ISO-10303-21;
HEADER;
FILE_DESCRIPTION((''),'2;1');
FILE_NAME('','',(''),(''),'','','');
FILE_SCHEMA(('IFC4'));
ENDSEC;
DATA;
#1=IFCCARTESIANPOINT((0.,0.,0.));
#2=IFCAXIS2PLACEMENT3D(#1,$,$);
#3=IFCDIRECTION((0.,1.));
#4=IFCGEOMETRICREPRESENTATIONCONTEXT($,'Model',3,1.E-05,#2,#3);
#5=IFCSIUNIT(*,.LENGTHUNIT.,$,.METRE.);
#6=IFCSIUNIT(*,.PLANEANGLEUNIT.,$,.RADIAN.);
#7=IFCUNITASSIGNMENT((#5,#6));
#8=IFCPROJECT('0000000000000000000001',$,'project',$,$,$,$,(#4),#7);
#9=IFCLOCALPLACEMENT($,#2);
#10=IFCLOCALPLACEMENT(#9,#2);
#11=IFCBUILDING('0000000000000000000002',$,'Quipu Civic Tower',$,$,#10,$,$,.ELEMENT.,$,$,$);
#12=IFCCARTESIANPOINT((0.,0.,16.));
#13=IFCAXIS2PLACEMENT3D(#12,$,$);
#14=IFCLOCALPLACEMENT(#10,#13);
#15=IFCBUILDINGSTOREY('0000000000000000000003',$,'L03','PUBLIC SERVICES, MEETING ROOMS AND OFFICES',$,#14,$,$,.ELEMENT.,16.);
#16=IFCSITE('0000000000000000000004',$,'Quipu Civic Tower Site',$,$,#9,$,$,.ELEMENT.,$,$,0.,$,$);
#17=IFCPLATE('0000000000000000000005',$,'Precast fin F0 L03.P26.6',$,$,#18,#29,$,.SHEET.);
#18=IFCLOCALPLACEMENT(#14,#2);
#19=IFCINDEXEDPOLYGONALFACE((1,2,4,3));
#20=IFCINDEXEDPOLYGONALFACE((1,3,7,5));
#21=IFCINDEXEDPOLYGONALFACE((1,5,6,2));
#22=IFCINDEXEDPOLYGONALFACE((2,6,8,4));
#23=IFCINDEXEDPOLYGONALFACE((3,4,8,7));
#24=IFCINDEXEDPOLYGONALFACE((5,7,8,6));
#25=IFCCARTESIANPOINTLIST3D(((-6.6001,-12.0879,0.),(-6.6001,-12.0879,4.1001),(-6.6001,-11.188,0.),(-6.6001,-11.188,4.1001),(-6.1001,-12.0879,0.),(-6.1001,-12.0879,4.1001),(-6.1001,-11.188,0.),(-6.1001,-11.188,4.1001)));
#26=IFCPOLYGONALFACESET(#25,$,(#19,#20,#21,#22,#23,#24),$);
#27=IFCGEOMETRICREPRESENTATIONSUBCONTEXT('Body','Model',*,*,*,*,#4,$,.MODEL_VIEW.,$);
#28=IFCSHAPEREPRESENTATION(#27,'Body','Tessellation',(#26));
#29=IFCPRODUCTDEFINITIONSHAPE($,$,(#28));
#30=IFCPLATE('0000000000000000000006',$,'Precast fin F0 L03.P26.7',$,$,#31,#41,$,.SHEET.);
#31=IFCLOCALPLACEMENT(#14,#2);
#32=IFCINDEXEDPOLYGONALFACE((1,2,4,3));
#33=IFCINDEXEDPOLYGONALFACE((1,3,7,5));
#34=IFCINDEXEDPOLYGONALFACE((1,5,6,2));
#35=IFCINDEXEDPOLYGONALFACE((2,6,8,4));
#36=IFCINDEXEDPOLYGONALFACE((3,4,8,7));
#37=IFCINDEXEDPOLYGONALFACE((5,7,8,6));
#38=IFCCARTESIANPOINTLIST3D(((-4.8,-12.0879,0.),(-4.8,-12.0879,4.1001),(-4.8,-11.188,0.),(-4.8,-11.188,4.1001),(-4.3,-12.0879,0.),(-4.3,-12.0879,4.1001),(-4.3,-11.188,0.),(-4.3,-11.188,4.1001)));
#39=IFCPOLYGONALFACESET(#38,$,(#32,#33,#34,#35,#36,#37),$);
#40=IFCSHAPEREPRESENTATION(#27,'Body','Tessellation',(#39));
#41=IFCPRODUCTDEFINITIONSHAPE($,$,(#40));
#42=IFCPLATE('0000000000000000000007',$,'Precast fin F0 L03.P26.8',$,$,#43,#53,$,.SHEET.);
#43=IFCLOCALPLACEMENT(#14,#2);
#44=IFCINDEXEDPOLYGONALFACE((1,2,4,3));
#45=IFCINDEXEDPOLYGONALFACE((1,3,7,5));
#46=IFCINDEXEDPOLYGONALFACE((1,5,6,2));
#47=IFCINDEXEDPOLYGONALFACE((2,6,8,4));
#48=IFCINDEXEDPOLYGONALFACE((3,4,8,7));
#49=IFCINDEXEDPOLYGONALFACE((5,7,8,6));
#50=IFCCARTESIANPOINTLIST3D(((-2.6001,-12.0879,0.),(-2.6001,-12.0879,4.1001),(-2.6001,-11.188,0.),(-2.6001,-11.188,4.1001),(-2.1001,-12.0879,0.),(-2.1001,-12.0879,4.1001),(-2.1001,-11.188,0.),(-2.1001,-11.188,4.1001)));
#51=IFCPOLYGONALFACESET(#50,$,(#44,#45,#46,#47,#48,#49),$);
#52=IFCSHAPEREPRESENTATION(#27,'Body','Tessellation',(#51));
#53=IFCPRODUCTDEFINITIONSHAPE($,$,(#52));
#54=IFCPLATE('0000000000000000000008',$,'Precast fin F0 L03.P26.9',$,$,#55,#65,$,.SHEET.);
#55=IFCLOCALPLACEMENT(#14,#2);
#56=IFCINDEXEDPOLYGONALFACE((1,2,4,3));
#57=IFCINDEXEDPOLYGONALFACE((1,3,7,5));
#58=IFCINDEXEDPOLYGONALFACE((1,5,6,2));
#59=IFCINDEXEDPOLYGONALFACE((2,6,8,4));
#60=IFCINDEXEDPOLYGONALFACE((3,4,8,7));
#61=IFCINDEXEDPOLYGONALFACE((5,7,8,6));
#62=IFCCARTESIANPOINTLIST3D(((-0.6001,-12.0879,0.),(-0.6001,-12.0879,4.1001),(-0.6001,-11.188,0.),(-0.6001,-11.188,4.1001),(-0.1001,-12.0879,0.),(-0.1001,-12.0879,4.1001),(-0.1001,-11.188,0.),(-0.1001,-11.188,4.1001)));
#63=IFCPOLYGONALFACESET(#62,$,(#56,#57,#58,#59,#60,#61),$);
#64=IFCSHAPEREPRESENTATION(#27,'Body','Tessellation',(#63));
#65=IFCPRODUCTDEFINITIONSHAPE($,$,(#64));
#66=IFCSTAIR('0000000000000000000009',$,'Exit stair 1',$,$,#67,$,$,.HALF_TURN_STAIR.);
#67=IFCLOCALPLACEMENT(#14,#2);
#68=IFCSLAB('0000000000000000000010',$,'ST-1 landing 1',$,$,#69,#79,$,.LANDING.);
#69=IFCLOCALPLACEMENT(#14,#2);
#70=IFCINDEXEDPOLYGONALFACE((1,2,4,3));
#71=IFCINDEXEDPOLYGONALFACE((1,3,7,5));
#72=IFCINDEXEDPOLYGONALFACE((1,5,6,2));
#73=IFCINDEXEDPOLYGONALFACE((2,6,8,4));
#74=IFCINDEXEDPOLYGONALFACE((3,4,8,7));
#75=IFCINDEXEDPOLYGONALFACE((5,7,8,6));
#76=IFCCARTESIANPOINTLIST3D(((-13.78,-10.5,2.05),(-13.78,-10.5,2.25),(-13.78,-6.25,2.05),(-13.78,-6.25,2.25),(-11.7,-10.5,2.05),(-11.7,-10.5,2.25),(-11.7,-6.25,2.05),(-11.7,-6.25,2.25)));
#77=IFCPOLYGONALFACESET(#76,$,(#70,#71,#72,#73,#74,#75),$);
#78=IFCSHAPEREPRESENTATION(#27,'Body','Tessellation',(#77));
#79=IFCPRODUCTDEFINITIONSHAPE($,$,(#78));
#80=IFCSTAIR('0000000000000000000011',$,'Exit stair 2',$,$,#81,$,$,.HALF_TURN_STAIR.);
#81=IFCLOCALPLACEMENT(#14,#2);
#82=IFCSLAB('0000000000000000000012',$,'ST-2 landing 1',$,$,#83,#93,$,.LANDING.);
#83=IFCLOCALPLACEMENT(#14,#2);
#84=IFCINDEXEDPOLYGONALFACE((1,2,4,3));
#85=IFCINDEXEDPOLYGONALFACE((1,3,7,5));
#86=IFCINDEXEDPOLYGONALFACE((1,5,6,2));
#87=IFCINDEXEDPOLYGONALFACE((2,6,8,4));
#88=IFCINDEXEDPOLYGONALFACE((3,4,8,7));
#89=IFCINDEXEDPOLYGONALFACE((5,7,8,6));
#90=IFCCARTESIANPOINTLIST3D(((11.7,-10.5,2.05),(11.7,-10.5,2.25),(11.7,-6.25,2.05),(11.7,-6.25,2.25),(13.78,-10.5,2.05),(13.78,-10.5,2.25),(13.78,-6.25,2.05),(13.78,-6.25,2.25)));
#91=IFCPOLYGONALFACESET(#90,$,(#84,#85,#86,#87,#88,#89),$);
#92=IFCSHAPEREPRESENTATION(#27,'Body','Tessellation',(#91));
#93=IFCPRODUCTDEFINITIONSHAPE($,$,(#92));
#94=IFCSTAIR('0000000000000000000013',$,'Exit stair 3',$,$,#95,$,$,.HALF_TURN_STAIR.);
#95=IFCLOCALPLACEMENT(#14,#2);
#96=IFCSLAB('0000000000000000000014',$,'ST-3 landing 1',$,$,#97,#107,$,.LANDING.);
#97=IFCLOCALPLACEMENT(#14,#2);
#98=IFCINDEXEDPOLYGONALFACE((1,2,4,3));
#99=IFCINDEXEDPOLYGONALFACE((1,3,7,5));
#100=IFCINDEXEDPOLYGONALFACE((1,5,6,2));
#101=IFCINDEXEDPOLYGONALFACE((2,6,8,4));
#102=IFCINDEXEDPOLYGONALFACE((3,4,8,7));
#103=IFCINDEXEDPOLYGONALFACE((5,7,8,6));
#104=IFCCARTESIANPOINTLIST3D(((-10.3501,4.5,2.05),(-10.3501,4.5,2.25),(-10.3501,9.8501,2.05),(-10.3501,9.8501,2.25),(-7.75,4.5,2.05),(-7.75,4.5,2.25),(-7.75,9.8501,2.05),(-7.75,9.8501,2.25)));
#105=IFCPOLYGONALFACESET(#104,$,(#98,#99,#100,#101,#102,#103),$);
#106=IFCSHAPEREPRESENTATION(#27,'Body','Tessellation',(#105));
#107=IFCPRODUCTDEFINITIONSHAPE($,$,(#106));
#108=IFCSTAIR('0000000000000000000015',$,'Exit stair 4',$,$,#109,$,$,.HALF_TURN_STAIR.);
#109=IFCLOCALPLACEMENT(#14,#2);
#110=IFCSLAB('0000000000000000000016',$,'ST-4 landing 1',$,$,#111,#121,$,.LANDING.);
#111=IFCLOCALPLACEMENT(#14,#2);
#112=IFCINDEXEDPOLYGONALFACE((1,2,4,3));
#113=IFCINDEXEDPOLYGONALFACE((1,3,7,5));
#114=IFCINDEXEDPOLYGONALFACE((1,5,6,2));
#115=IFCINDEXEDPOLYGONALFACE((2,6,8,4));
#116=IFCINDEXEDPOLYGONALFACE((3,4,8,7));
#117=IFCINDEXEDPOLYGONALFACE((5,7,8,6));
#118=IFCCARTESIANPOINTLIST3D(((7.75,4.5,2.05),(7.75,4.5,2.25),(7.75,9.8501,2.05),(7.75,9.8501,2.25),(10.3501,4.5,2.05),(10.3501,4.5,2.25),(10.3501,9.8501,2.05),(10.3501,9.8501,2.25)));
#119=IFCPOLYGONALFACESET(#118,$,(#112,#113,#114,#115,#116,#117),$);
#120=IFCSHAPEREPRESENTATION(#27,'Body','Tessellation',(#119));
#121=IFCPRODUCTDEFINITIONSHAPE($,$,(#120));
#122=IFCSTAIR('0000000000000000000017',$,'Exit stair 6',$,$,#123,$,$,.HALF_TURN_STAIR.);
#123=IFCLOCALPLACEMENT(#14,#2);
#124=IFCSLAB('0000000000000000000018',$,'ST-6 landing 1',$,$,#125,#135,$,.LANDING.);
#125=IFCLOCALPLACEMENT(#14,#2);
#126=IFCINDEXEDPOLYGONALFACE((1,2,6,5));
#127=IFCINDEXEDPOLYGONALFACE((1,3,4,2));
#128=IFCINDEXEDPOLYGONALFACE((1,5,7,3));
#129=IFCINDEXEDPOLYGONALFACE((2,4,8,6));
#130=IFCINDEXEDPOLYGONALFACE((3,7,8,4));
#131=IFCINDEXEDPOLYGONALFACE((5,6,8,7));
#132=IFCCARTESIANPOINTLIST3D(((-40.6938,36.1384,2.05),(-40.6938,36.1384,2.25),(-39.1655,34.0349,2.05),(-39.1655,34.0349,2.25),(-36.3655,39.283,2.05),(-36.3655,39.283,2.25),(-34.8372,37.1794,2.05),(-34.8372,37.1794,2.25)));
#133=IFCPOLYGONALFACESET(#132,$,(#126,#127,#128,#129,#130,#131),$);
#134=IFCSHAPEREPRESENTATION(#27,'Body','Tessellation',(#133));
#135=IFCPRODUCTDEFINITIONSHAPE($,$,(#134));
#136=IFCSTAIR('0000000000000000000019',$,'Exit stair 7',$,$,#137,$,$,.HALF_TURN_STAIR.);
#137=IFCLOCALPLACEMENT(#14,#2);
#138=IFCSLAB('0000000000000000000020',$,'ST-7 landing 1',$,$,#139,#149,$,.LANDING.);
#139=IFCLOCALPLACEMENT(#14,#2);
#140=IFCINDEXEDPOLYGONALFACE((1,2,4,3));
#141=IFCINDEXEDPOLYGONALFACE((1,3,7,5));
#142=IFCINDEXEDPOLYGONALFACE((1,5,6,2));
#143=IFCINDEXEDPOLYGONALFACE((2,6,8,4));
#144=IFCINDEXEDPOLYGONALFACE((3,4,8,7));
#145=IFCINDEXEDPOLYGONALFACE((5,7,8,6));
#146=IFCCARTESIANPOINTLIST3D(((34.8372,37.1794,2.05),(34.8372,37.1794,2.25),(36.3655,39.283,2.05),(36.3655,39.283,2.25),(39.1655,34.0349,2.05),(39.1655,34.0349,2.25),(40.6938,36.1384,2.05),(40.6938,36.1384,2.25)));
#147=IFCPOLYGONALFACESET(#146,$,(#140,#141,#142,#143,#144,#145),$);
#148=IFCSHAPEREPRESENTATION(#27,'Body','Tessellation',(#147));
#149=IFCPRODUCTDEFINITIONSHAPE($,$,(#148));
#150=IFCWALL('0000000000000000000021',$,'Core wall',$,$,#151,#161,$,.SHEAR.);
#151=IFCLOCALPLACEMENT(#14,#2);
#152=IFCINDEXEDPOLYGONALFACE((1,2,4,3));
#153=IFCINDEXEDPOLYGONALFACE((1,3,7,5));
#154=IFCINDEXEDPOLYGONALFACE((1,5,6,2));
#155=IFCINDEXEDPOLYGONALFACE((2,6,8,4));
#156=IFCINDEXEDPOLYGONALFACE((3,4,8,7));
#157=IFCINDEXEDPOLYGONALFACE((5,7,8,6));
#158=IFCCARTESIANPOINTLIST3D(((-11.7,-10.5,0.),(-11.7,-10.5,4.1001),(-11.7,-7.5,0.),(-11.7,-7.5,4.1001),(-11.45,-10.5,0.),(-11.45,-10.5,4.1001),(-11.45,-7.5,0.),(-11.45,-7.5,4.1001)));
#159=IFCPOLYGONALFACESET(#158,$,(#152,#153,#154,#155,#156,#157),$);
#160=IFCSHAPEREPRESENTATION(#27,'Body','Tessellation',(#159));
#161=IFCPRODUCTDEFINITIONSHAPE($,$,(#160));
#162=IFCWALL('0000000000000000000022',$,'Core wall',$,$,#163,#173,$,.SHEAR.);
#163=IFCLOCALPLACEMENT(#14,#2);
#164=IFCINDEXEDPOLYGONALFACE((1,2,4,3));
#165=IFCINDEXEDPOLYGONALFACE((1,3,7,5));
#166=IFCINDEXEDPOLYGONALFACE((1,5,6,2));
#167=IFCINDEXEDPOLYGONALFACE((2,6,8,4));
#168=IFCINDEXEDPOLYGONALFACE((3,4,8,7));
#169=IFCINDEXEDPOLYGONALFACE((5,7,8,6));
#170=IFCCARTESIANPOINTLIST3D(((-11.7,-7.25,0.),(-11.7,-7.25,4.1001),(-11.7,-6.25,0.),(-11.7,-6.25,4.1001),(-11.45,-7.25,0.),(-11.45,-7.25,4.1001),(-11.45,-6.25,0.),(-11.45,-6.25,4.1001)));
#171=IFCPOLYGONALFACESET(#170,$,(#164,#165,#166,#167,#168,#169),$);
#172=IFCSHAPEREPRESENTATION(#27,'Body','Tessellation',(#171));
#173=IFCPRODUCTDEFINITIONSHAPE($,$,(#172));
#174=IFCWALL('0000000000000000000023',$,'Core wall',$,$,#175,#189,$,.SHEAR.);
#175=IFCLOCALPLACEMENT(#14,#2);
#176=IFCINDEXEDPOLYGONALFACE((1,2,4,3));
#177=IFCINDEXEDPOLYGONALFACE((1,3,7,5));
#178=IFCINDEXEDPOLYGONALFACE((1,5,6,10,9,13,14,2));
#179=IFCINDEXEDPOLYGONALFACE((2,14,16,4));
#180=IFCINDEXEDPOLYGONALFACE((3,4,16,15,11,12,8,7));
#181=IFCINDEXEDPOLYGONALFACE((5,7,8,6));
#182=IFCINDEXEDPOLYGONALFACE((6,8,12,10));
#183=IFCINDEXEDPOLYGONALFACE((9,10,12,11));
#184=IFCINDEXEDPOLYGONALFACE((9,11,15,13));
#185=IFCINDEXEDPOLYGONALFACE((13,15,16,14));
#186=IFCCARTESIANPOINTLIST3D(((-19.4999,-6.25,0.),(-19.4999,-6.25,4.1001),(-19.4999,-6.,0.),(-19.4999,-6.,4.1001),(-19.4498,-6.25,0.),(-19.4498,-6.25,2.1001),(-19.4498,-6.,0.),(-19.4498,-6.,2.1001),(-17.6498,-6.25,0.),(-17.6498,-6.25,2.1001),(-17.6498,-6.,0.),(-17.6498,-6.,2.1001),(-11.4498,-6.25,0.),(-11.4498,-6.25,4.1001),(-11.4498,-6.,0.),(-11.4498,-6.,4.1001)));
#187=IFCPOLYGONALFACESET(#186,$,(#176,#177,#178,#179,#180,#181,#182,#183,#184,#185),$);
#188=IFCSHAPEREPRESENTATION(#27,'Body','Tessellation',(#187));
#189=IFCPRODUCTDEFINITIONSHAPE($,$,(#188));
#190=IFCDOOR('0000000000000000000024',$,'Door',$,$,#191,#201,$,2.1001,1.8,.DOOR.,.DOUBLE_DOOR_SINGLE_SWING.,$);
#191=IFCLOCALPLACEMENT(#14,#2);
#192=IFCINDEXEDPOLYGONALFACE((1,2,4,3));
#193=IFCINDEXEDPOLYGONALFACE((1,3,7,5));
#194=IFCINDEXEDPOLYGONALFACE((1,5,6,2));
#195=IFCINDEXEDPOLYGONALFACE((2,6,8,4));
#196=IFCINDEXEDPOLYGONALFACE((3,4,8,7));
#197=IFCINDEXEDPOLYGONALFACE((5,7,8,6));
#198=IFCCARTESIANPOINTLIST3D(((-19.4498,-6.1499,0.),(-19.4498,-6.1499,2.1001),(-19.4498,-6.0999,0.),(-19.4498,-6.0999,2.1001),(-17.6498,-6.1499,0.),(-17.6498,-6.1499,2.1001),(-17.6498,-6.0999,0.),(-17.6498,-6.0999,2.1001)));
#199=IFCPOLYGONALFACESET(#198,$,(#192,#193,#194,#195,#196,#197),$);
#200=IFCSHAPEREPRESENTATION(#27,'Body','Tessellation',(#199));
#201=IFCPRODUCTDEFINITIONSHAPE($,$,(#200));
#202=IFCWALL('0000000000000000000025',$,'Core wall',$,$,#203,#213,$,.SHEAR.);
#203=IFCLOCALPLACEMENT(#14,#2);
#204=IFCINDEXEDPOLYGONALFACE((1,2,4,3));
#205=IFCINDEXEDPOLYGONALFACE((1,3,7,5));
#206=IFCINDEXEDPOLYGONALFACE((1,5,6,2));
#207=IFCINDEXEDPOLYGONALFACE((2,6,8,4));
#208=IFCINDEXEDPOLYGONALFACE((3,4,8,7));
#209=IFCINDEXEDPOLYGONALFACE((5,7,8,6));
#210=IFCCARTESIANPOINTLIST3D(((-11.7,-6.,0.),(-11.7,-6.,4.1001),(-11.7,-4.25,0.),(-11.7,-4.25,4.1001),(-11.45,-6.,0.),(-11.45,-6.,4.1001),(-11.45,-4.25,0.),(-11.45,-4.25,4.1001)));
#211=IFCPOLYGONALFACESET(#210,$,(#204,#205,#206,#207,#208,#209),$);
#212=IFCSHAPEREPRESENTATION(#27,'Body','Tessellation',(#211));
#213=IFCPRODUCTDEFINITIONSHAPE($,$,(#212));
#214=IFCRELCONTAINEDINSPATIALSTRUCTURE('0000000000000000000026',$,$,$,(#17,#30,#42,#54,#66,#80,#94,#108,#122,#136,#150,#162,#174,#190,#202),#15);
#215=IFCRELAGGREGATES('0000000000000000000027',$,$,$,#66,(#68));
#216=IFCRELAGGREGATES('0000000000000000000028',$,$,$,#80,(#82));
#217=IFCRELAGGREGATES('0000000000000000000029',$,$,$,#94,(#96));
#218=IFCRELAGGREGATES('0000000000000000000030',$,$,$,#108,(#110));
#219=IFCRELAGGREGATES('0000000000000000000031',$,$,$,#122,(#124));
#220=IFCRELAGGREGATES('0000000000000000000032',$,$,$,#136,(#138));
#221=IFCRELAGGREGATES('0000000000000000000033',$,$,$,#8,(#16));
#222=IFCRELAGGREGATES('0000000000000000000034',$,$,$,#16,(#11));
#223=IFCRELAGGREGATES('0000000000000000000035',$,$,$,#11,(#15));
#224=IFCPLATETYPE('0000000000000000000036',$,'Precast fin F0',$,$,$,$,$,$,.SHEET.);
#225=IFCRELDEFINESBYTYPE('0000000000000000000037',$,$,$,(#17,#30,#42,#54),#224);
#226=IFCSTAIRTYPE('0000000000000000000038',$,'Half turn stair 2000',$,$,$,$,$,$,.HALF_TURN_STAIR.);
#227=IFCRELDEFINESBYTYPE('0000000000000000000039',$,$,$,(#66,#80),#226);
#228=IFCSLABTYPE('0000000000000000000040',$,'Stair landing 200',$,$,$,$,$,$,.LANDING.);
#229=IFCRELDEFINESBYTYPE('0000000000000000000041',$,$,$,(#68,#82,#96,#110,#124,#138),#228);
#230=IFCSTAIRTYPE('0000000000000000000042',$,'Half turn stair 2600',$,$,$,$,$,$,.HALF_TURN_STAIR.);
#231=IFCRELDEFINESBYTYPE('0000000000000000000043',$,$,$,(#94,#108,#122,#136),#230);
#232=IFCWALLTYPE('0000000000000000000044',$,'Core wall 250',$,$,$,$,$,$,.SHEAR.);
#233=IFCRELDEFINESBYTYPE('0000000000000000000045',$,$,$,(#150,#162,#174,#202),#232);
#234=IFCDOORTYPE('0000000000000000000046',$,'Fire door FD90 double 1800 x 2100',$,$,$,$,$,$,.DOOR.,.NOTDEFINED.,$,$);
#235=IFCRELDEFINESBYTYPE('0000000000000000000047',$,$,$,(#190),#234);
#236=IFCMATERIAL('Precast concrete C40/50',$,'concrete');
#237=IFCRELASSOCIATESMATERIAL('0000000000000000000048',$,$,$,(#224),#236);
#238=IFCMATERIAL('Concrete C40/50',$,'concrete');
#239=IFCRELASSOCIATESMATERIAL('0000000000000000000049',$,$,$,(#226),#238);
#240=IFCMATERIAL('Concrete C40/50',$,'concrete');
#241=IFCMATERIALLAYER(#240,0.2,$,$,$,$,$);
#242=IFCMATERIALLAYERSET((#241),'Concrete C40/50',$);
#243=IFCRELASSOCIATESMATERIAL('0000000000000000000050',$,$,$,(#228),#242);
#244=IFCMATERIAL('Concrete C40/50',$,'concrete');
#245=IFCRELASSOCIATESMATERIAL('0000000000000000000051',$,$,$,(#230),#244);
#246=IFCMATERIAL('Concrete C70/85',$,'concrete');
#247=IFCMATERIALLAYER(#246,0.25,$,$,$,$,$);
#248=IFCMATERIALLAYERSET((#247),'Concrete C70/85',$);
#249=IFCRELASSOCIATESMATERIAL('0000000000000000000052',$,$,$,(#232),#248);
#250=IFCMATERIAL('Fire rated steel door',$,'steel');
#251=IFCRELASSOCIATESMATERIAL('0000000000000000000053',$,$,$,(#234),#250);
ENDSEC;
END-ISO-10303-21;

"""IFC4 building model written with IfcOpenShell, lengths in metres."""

from ifc_helpers import new_model, si_unit, direction, frame, frame_2d, origin, origin_2d, place, context, subcontext, project, spatial, polyline, rectangle, outline, extrude, material, layer, layer_set, type_object, element, fill, aggregate, save


model = new_model("IFC4")

# Units and contexts
model_context = context("Model", 3, precision=1e-05, world=origin(), true_north=direction((0.0, 1.0)))
body_context = subcontext(model_context, "Body", "Model", "MODEL_VIEW")
ifc_project = project(units=[si_unit("LENGTHUNIT", "METRE"), si_unit("PLANEANGLEUNIT", "RADIAN")], contexts=[model_context])

# Site, building, storey
site_placement = place(None, origin())
site = spatial("IfcSite", under=ifc_project, at=site_placement, Name="Quipu Civic Tower Site", CompositionType="ELEMENT", RefElevation=0.0)
building_placement = place(site_placement, origin())
building = spatial("IfcBuilding", under=site, at=building_placement, Name="Quipu Civic Tower", CompositionType="ELEMENT")
storey_placement = place(building_placement, frame((0.0, 0.0, 16.0)))
storey = spatial("IfcBuildingStorey", under=building, at=storey_placement, Name="L03", Description="PUBLIC SERVICES, MEETING ROOMS AND OFFICES", CompositionType="ELEMENT", Elevation=16.0)

# Plates
ifc_material_1 = material(Name="Precast concrete C40/50", Category="concrete")
plate_type = type_object("IfcPlateType", Name="Precast fin F0", PredefinedType="SHEET", material=ifc_material_1)
for number, where, z_axis, x_axis, name in (
    (1, (-6.3501, -11.6379, 0.0), (0.0, 0.0, 1.0), (1.0, 0.0, 0.0), "Precast fin F0 L03.P26.6"),
    (2, (-4.55, -11.6379, 0.0), (0.0, 0.0, 1.0), (1.0, 0.0, 0.0), "Precast fin F0 L03.P26.7"),
    (3, (-2.3501, -11.6379, 0.0), (0.0, 0.0, 1.0), (1.0, 0.0, 0.0), "Precast fin F0 L03.P26.8"),
    (4, (-0.3501, -11.6379, 0.0), (0.0, 0.0, 1.0), (1.0, 0.0, 0.0), "Precast fin F0 L03.P26.9"),
):
    element("IfcPlate", number, at=place(storey_placement, frame(where, z_axis=z_axis, x_axis=x_axis)), inside=storey, type_object=plate_type, Name=name, PredefinedType="SHEET", context=body_context, shape_type="SweptSolid", body=[
        extrude(rectangle(XDim=0.5, YDim=0.8999, at=origin_2d()), origin(), (0.0, 0.0, 1.0), 4.1001),
    ])

# Stairs, slabs
ifc_material_2 = material(Name="Concrete C40/50", Category="concrete")
stair_type_1 = type_object("IfcStairType", Name="Half turn stair 2000", PredefinedType="HALF_TURN_STAIR", material=ifc_material_2)
stair_1_placement = place(storey_placement, origin())
stair_1 = element("IfcStair", 5, at=stair_1_placement, inside=storey, type_object=stair_type_1, Name="Exit stair 1", PredefinedType="HALF_TURN_STAIR")
ifc_material_3 = material(Name="Concrete C40/50", Category="concrete")
ifc_layer_1 = layer(ifc_material_3, 0.2)
ifc_layer_set_1 = layer_set([ifc_layer_1], Name="Concrete C40/50")
slab_type_1 = type_object("IfcSlabType", Name="Stair landing 200", PredefinedType="LANDING", material=ifc_layer_set_1)
slab_1_placement = place(storey_placement, frame((0.0, 0.0, 2.05)))
slab_1 = element("IfcSlab", 6, at=slab_1_placement, type_object=slab_type_1, Name="ST-1 landing 1", PredefinedType="LANDING", context=body_context, shape_type="SweptSolid", body=[
    extrude(outline(polyline([(-13.78, -10.5), (-11.7, -10.5), (-11.7, -6.25), (-13.78, -6.25), (-13.78, -10.5)])), origin(), (0.0, 0.0, 1.0), 0.2),
])
aggregate(stair_1, [slab_1])
stair_2_placement = place(storey_placement, origin())
stair_2 = element("IfcStair", 7, at=stair_2_placement, inside=storey, type_object=stair_type_1, Name="Exit stair 2", PredefinedType="HALF_TURN_STAIR")
slab_2_placement = place(storey_placement, frame((0.0, 0.0, 2.05)))
slab_2 = element("IfcSlab", 8, at=slab_2_placement, type_object=slab_type_1, Name="ST-2 landing 1", PredefinedType="LANDING", context=body_context, shape_type="SweptSolid", body=[
    extrude(outline(polyline([(13.78, -6.25), (11.7, -6.25), (11.7, -10.5), (13.78, -10.5), (13.78, -6.25)])), origin(), (0.0, 0.0, 1.0), 0.2),
])
aggregate(stair_2, [slab_2])
ifc_material_4 = material(Name="Concrete C40/50", Category="concrete")
stair_type_2 = type_object("IfcStairType", Name="Half turn stair 2600", PredefinedType="HALF_TURN_STAIR", material=ifc_material_4)
stair_3_placement = place(storey_placement, origin())
stair_3 = element("IfcStair", 9, at=stair_3_placement, inside=storey, type_object=stair_type_2, Name="Exit stair 3", PredefinedType="HALF_TURN_STAIR")
slab_3_placement = place(storey_placement, frame((0.0, 0.0, 2.05)))
slab_3 = element("IfcSlab", 10, at=slab_3_placement, type_object=slab_type_1, Name="ST-3 landing 1", PredefinedType="LANDING", context=body_context, shape_type="SweptSolid", body=[
    extrude(outline(polyline([(-10.3501, 4.5), (-7.75, 4.5), (-7.75, 9.8501), (-10.3501, 9.8501), (-10.3501, 4.5)])), origin(), (0.0, 0.0, 1.0), 0.2),
])
aggregate(stair_3, [slab_3])
stair_4_placement = place(storey_placement, origin())
stair_4 = element("IfcStair", 11, at=stair_4_placement, inside=storey, type_object=stair_type_2, Name="Exit stair 4", PredefinedType="HALF_TURN_STAIR")
slab_4_placement = place(storey_placement, frame((0.0, 0.0, 2.05)))
slab_4 = element("IfcSlab", 12, at=slab_4_placement, type_object=slab_type_1, Name="ST-4 landing 1", PredefinedType="LANDING", context=body_context, shape_type="SweptSolid", body=[
    extrude(outline(polyline([(10.3501, 9.8501), (7.75, 9.8501), (7.75, 4.5), (10.3501, 4.5), (10.3501, 9.8501)])), origin(), (0.0, 0.0, 1.0), 0.2),
])
aggregate(stair_4, [slab_4])
stair_5_placement = place(storey_placement, origin())
stair_5 = element("IfcStair", 13, at=stair_5_placement, inside=storey, type_object=stair_type_2, Name="Exit stair 6", PredefinedType="HALF_TURN_STAIR")
slab_5_placement = place(storey_placement, frame((0.0, 0.0, 2.05)))
slab_5 = element("IfcSlab", 14, at=slab_5_placement, type_object=slab_type_1, Name="ST-6 landing 1", PredefinedType="LANDING", context=body_context, shape_type="SweptSolid", body=[
    extrude(outline(polyline([(-34.8372, 37.1794), (-36.3655, 39.283), (-40.6938, 36.1384), (-39.1655, 34.0349), (-34.8372, 37.1794)])), origin(), (0.0, 0.0, 1.0), 0.2),
])
aggregate(stair_5, [slab_5])
stair_6_placement = place(storey_placement, origin())
stair_6 = element("IfcStair", 15, at=stair_6_placement, inside=storey, type_object=stair_type_2, Name="Exit stair 7", PredefinedType="HALF_TURN_STAIR")
slab_6_placement = place(storey_placement, frame((0.0, 0.0, 2.05)))
slab_6 = element("IfcSlab", 16, at=slab_6_placement, type_object=slab_type_1, Name="ST-7 landing 1", PredefinedType="LANDING", context=body_context, shape_type="SweptSolid", body=[
    extrude(outline(polyline([(39.1655, 34.0349), (40.6938, 36.1384), (36.3655, 39.283), (34.8372, 37.1794), (39.1655, 34.0349)])), origin(), (0.0, 0.0, 1.0), 0.2),
])
aggregate(stair_6, [slab_6])

# Walls
ifc_material_5 = material(Name="Concrete C70/85", Category="concrete")
ifc_layer_2 = layer(ifc_material_5, 0.25)
ifc_layer_set_2 = layer_set([ifc_layer_2], Name="Concrete C70/85")
wall_type_1 = type_object("IfcWallType", Name="Core wall 250", PredefinedType="SHEAR", material=ifc_layer_set_2)
wall_1_placement = place(storey_placement, frame((-11.575, -10.5, 0.0), z_axis=(0.0, 0.0, 1.0), x_axis=(0.0, 1.0, 0.0)))
element("IfcWall", 17, at=wall_1_placement, inside=storey, type_object=wall_type_1, Name="Core wall", PredefinedType="SHEAR", context=body_context, shape_type="SweptSolid", body=[
    extrude(rectangle(XDim=3.0, YDim=0.25, at=frame_2d((1.5, 0.0))), origin(), (0.0, 0.0, 1.0), 4.1001),
])
wall_2_placement = place(storey_placement, frame((-11.575, -7.25, 0.0), z_axis=(0.0, 0.0, 1.0), x_axis=(0.0, 1.0, 0.0)))
element("IfcWall", 18, at=wall_2_placement, inside=storey, type_object=wall_type_1, Name="Core wall", PredefinedType="SHEAR", context=body_context, shape_type="SweptSolid", body=[
    extrude(rectangle(XDim=1.0, YDim=0.25, at=frame_2d((0.5, 0.0))), origin(), (0.0, 0.0, 1.0), 4.1001),
])

# Wall, opening, door
wall_3_placement = place(storey_placement, frame((-11.45, -6.125, 0.0), z_axis=(0.0, 0.0, 1.0), x_axis=(-1.0, 0.0, 0.0)))
wall_3 = element("IfcWall", 19, at=wall_3_placement, inside=storey, type_object=wall_type_1, Name="Core wall", PredefinedType="SHEAR", context=body_context, shape_type="SweptSolid", body=[
    extrude(rectangle(XDim=8.05, YDim=0.25, at=frame_2d((4.0249, 0.0))), origin(), (0.0, 0.0, 1.0), 4.1001),
])
opening_1_placement = place(wall_3_placement, frame((6.2, 0.0, 0.0)))
opening_1 = element("IfcOpeningElement", 20, at=opening_1_placement, cuts=wall_3, PredefinedType="OPENING", context=body_context, shape_type="SweptSolid", body=[
    extrude(rectangle(XDim=1.8, YDim=2.1001, at=frame_2d((0.8999, 1.05))), frame((0.0, 0.135, 0.0), z_axis=(0.0, -1.0, 0.0), x_axis=(1.0, 0.0, 0.0)), (0.0, 0.0, 1.0), 0.27),
])
ifc_material_6 = material(Name="Fire rated steel door", Category="steel")
door_type_1 = type_object("IfcDoorType", Name="Fire door FD90 double 1800 x 2100", OperationType="NOTDEFINED", PredefinedType="DOOR", material=ifc_material_6)
door_1_placement = place(opening_1_placement, origin())
door_1 = element("IfcDoor", 21, at=door_1_placement, inside=storey, type_object=door_type_1, Name="Door", OperationType="DOUBLE_DOOR_SINGLE_SWING", OverallHeight=2.1001, OverallWidth=1.8, PredefinedType="DOOR", context=body_context, shape_type="SweptSolid", body=[
    extrude(rectangle(XDim=1.8, YDim=2.1001, at=frame_2d((0.8999, 1.05))), frame((0.0, 0.0249, 0.0), z_axis=(0.0, -1.0, 0.0), x_axis=(1.0, 0.0, 0.0)), (0.0, 0.0, 1.0), 0.05),
])
fill(opening_1, door_1)

# Wall
wall_4_placement = place(storey_placement, frame((-11.575, -6.0, 0.0), z_axis=(0.0, 0.0, 1.0), x_axis=(0.0, 1.0, 0.0)))
element("IfcWall", 22, at=wall_4_placement, inside=storey, type_object=wall_type_1, Name="Core wall", PredefinedType="SHEAR", context=body_context, shape_type="SweptSolid", body=[
    extrude(rectangle(XDim=1.75, YDim=0.25, at=frame_2d((0.875, 0.0))), origin(), (0.0, 0.0, 1.0), 4.1001),
])

save(model, "model.ifc")
